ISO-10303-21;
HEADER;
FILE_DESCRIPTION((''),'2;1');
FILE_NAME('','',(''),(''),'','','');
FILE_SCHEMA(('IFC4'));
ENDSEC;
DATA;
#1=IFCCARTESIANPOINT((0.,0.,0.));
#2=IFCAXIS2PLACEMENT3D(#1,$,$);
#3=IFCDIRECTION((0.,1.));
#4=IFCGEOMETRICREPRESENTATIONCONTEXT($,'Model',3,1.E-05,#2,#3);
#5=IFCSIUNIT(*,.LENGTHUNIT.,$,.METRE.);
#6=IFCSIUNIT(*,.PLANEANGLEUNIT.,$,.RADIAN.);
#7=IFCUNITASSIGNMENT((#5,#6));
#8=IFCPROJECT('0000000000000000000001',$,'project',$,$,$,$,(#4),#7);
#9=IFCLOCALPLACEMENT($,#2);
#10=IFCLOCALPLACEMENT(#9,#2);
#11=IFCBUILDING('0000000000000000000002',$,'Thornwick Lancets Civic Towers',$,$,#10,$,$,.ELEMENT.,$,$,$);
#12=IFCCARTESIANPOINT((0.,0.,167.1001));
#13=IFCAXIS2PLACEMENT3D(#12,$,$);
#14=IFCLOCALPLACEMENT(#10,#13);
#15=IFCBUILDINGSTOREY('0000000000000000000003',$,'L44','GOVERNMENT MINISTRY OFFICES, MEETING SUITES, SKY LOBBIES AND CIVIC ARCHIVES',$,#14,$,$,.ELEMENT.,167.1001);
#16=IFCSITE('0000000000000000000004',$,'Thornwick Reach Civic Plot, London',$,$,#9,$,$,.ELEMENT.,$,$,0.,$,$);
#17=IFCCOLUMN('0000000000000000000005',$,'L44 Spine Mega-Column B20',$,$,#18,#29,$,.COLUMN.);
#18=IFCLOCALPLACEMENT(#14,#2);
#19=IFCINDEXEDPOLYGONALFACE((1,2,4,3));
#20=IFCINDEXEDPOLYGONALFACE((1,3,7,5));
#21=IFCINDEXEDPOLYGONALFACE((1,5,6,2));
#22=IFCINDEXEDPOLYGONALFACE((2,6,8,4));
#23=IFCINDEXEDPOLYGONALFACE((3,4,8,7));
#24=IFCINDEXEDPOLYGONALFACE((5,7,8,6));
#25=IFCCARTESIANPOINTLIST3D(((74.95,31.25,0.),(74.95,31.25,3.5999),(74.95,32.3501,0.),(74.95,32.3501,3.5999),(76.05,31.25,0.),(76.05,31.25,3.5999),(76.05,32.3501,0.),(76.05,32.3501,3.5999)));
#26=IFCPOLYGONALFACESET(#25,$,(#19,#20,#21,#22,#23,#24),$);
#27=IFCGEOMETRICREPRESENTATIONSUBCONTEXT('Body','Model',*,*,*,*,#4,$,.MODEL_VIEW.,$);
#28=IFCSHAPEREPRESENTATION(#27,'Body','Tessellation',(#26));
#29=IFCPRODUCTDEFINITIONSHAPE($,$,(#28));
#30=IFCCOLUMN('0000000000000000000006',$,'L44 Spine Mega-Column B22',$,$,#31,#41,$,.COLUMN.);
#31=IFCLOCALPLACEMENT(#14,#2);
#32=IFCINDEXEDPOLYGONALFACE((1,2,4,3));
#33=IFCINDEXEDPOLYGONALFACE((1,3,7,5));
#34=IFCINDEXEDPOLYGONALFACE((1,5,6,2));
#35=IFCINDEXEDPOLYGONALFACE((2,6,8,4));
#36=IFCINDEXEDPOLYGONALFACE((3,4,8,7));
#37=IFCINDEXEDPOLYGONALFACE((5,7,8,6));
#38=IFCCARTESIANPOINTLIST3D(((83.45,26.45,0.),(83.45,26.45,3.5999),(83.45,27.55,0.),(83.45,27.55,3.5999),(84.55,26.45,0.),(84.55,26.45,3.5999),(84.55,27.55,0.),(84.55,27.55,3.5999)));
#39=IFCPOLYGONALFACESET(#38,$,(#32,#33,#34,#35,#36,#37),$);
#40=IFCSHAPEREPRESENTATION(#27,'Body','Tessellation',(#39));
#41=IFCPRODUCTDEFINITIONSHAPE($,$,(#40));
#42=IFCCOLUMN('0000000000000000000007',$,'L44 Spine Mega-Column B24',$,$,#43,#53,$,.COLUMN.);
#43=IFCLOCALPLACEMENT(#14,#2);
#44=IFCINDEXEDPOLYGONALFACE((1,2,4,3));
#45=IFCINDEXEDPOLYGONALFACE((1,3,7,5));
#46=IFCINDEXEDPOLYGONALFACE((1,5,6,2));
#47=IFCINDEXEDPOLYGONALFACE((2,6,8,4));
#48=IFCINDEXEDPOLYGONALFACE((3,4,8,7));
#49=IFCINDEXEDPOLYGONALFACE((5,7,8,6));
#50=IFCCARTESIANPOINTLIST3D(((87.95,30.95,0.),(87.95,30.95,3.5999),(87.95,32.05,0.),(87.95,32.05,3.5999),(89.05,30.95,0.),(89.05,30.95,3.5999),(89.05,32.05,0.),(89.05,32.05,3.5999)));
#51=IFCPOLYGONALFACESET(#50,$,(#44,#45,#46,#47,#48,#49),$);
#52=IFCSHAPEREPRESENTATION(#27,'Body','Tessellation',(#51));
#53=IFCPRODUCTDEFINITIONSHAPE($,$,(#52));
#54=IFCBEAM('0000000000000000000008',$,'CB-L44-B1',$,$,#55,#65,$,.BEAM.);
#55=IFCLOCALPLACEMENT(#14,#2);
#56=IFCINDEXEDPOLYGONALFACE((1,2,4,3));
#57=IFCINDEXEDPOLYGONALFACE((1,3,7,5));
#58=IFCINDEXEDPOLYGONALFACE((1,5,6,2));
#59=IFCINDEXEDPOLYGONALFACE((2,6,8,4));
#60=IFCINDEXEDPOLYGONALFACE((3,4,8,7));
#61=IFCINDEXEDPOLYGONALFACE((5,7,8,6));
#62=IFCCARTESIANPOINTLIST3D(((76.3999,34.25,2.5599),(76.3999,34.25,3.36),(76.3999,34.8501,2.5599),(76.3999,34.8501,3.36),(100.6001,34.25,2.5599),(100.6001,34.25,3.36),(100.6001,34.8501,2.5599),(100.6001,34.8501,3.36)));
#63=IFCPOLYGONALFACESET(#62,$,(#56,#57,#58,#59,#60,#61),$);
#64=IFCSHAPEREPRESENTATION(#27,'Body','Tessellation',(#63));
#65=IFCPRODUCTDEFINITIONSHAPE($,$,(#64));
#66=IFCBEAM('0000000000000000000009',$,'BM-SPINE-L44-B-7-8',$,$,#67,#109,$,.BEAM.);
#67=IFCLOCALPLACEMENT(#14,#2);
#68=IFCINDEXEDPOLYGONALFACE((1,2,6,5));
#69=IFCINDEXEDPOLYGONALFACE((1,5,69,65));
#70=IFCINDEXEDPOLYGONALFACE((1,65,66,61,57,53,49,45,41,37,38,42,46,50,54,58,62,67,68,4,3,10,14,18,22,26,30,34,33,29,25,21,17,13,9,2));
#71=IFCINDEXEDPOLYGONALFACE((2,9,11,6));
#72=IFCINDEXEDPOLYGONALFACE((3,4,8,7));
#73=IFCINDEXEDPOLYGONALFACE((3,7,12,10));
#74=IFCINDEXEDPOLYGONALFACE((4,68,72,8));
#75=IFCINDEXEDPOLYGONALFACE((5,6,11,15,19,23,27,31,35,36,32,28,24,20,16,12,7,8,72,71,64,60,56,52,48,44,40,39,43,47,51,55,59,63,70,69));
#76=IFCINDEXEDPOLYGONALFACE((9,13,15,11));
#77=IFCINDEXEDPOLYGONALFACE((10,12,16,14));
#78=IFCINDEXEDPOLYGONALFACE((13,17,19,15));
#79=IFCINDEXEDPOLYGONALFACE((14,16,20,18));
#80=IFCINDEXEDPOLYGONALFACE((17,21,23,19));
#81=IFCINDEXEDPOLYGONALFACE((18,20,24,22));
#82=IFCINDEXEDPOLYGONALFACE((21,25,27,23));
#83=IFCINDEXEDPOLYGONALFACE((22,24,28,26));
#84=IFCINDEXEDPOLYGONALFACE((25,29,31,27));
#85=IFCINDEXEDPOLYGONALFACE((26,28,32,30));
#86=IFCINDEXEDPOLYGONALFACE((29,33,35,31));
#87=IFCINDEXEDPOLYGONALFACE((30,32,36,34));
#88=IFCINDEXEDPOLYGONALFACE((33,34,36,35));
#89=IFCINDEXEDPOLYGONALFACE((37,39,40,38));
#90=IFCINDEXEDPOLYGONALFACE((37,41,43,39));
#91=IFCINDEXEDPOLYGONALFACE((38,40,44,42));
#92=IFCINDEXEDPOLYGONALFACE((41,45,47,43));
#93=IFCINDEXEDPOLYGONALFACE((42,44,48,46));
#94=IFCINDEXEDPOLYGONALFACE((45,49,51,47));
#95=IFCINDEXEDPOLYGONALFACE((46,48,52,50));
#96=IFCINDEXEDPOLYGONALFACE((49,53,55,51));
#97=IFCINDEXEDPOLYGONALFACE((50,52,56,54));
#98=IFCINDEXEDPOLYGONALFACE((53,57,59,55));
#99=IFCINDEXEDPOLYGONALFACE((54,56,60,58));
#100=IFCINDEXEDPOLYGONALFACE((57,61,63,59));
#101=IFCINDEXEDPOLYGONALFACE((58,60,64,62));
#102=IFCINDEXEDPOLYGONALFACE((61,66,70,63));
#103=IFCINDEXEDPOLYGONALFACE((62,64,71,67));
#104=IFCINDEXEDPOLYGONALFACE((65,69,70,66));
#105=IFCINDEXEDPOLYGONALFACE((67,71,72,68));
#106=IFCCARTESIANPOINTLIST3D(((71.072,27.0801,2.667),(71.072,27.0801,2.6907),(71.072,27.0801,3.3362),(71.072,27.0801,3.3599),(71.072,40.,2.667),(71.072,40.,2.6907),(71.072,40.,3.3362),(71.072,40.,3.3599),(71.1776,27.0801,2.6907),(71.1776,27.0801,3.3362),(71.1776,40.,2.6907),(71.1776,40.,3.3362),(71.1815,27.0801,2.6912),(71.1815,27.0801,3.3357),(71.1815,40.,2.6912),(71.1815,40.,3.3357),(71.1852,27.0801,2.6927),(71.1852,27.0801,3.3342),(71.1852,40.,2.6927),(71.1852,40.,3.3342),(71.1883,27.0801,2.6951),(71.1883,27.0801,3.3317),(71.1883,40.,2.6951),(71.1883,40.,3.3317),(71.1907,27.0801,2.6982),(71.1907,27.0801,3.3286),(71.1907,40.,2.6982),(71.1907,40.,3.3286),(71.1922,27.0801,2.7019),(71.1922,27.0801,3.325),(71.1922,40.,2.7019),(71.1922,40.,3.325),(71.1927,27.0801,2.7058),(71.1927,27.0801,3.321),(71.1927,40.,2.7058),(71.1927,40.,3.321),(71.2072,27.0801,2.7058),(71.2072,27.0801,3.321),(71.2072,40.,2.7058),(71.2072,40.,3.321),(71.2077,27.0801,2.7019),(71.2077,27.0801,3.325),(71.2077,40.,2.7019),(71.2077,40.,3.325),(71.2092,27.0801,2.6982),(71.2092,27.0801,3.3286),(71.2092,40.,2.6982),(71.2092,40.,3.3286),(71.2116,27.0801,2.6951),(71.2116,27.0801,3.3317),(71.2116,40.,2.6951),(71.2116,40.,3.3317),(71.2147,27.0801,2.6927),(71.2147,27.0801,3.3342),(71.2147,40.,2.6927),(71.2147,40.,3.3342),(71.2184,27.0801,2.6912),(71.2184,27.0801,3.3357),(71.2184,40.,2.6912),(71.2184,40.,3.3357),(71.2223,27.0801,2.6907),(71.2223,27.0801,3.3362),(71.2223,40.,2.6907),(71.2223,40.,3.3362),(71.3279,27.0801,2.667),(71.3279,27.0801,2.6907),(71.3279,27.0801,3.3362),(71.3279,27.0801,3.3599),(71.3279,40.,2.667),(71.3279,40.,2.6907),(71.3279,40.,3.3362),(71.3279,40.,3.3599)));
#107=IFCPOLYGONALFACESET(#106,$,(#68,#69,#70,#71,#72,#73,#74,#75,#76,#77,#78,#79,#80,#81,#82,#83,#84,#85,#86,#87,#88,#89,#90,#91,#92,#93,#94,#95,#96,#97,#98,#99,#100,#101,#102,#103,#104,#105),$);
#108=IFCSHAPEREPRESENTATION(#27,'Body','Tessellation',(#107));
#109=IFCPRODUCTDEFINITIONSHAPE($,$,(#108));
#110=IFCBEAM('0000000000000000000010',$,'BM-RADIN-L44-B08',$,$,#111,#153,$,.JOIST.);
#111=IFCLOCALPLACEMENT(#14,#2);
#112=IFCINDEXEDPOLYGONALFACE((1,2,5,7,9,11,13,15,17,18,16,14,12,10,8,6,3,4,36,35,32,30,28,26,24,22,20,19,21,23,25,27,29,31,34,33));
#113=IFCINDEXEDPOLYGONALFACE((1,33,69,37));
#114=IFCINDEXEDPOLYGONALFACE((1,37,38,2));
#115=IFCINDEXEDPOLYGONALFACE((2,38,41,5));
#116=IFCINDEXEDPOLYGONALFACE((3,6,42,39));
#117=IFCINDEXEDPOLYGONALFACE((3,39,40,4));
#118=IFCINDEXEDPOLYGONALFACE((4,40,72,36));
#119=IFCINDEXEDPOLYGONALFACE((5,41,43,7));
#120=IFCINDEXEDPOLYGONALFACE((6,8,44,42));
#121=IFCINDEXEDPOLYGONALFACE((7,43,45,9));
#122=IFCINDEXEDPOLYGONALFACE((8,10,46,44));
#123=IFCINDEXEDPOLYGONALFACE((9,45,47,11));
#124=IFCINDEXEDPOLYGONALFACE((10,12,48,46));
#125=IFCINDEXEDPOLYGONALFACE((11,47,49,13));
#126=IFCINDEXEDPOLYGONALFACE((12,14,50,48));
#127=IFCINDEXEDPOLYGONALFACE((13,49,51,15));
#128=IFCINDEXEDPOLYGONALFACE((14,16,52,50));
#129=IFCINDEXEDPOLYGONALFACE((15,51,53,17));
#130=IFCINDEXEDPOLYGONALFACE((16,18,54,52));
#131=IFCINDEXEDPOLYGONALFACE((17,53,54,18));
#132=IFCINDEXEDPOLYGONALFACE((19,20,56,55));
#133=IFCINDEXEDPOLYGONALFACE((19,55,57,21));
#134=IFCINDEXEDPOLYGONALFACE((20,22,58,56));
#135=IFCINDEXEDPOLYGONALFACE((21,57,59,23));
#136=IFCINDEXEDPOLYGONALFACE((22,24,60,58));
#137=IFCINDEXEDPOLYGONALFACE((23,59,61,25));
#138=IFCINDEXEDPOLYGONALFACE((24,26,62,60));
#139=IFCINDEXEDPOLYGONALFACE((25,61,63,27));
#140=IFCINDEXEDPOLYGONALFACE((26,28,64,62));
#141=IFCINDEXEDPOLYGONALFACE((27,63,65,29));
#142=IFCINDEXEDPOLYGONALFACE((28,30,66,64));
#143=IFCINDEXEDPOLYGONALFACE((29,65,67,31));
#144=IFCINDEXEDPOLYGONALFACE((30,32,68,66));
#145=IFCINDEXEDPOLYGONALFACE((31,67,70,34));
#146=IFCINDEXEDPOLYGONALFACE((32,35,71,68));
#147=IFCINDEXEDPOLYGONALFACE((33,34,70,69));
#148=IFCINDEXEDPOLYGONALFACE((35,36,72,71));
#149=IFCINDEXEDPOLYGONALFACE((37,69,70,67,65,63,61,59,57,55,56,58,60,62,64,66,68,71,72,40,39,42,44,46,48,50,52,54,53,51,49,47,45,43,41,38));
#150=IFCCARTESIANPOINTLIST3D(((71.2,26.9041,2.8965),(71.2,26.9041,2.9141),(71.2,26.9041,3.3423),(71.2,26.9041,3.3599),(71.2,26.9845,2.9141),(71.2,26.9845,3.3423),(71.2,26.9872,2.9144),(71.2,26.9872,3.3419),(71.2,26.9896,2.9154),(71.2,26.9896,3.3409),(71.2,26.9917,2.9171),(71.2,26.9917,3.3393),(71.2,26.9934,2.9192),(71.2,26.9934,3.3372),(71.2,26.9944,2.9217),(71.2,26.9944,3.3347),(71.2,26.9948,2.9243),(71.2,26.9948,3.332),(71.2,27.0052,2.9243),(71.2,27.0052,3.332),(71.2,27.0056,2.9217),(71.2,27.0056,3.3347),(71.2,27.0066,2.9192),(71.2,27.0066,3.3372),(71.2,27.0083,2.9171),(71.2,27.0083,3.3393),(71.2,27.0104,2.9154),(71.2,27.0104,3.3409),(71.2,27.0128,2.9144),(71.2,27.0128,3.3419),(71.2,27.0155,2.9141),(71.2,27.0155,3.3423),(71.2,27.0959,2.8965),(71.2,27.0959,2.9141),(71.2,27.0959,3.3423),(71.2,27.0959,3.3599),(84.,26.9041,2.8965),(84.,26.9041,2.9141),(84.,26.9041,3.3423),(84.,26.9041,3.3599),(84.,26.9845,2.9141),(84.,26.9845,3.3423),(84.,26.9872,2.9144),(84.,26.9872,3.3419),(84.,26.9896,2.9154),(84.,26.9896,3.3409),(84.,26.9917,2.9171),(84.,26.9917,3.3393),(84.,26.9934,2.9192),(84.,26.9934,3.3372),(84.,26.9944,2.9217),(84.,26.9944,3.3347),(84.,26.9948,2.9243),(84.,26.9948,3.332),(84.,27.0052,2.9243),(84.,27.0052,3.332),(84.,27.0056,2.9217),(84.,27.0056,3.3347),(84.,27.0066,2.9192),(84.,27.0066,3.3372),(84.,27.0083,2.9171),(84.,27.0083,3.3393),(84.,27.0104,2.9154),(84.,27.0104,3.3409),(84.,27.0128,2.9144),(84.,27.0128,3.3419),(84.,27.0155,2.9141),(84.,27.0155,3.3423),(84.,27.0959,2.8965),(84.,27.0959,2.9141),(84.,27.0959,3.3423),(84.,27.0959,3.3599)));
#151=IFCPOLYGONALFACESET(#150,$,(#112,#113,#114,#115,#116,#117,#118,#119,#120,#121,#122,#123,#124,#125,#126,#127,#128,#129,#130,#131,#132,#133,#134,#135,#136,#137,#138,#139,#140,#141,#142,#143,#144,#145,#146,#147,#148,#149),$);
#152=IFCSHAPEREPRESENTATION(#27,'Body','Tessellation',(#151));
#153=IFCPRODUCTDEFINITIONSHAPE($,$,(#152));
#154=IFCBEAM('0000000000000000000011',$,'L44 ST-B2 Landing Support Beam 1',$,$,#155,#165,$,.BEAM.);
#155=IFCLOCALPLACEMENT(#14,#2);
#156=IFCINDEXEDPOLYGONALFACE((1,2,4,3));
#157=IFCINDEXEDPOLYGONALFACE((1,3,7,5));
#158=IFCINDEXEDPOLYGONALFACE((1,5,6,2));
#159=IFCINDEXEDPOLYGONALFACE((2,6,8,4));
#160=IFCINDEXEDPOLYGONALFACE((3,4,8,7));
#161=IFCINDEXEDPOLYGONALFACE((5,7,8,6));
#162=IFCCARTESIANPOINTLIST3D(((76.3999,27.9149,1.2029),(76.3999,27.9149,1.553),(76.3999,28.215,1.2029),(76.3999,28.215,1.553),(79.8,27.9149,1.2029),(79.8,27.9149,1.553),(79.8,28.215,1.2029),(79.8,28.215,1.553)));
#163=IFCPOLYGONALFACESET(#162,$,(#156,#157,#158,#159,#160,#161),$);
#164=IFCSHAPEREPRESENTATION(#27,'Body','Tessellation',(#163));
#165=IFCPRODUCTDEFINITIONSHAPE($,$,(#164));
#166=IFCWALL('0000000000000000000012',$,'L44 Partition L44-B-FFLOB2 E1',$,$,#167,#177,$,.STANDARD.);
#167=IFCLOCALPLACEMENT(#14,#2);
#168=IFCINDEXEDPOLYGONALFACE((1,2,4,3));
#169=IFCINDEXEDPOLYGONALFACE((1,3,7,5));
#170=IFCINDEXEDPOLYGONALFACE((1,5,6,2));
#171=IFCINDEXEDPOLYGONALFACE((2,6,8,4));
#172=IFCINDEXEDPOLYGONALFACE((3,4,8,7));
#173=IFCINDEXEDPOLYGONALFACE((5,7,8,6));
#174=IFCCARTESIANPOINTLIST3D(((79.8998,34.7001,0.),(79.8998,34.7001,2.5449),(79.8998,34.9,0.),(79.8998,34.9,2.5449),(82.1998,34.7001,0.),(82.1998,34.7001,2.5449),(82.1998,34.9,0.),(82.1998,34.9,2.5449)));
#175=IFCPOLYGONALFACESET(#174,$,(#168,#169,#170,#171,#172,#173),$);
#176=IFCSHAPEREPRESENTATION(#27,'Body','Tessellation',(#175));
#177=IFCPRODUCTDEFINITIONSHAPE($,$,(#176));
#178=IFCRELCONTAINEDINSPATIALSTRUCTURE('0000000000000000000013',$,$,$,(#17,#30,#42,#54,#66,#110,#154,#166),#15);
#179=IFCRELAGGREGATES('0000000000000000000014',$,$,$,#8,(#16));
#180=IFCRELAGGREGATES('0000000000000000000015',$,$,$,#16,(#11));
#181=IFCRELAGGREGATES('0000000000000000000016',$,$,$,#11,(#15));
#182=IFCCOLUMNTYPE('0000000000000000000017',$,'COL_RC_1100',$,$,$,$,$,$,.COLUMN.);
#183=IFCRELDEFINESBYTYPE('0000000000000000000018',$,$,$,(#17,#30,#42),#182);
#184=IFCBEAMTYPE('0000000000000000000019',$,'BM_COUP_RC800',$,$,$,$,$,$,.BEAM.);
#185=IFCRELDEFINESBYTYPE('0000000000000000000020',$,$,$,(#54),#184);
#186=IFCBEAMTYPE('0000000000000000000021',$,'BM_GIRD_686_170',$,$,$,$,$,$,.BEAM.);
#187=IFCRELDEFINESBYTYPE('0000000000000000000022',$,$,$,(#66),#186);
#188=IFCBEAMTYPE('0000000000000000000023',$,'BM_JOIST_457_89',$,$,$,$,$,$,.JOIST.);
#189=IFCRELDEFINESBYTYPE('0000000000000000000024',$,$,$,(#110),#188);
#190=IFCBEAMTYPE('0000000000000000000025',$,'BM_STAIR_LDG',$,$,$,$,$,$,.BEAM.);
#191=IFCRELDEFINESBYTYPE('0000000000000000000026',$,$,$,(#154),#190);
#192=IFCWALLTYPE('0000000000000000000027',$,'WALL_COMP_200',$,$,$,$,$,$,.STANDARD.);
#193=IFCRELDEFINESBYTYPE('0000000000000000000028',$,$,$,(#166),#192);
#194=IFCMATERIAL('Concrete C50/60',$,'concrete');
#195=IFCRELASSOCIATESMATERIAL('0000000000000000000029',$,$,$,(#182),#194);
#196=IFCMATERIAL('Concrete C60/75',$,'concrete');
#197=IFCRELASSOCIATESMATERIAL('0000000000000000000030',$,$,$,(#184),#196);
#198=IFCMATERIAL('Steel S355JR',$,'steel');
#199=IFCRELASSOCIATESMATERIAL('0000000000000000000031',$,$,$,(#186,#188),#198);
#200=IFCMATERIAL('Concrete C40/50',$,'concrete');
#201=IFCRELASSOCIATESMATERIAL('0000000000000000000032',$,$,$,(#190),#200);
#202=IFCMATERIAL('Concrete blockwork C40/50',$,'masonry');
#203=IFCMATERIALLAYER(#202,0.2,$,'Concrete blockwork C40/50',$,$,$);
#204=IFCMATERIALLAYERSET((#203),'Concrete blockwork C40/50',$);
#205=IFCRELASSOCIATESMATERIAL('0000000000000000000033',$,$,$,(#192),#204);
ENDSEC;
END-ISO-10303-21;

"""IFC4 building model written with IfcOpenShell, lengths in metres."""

from ifc_helpers import new_model, si_unit, direction, frame, frame_2d, origin, origin_2d, place, context, subcontext, project, spatial, rectangle, i_section, extrude, material, layer, layer_set, material_profile, profile_set, type_object, element, save


model = new_model("IFC4")

# Units and contexts
model_context = context("Model", 3, precision=1e-05, world=origin(), true_north=direction((0.0, 1.0)))
body_context = subcontext(model_context, "Body", "Model", "MODEL_VIEW")
ifc_project = project(units=[si_unit("LENGTHUNIT", "METRE"), si_unit("PLANEANGLEUNIT", "RADIAN")], contexts=[model_context])

# Site, building, storey
site_placement = place(None, origin())
site = spatial("IfcSite", under=ifc_project, at=site_placement, Name="Thornwick Reach Civic Plot, London", CompositionType="ELEMENT", RefElevation=0.0)
building_placement = place(site_placement, origin())
building = spatial("IfcBuilding", under=site, at=building_placement, Name="Thornwick Lancets Civic Towers", CompositionType="ELEMENT")
storey_placement = place(building_placement, frame((0.0, 0.0, 167.1001)))
storey = spatial("IfcBuildingStorey", under=building, at=storey_placement, Name="L44", Description="GOVERNMENT MINISTRY OFFICES, MEETING SUITES, SKY LOBBIES AND CIVIC ARCHIVES", CompositionType="ELEMENT", Elevation=167.1001)

# Columns
ifc_material_1 = material(Name="Concrete C50/60", Category="concrete")
ifc_material_profile_1 = material_profile(ifc_material_1, rectangle(XDim=1.1001, YDim=1.1001, at=origin_2d()), Name="RC 1100x1100")
ifc_profile_set_1 = profile_set([ifc_material_profile_1], Name="Concrete C50/60")
column_type = type_object("IfcColumnType", Name="COL_RC_1100", PredefinedType="COLUMN", material=ifc_profile_set_1)
for number, where, z_axis, x_axis, name in (
    (1, (75.5, 31.8, 0.0), (0.0, 0.0, 1.0), (1.0, 0.0, 0.0), "L44 Spine Mega-Column B20"),
    (2, (84.0, 27.0, 0.0), (0.0, 0.0, 1.0), (1.0, 0.0, 0.0), "L44 Spine Mega-Column B22"),
    (3, (88.5, 31.5, 0.0), (0.0, 0.0, 1.0), (1.0, 0.0, 0.0), "L44 Spine Mega-Column B24"),
):
    element("IfcColumn", number, at=place(storey_placement, frame(where, z_axis=z_axis, x_axis=x_axis)), inside=storey, type_object=column_type, Name=name, PredefinedType="COLUMN", context=body_context, shape_type="SweptSolid", body=[
        extrude(rectangle(XDim=1.1001, YDim=1.1001, at=origin_2d()), origin(), (0.0, 0.0, 1.0), 3.5999),
    ])

# Beams
ifc_material_2 = material(Name="Concrete C60/75", Category="concrete")
ifc_material_profile_2 = material_profile(ifc_material_2, rectangle(XDim=0.6001, YDim=0.8, at=origin_2d()), Name="RC 600x800")
ifc_profile_set_2 = profile_set([ifc_material_profile_2], Name="Concrete C60/75")
beam_type_1 = type_object("IfcBeamType", Name="BM_COUP_RC800", PredefinedType="BEAM", material=ifc_profile_set_2)
beam_1_placement = place(storey_placement, frame((76.3999, 34.55, 2.96), z_axis=(1.0, 0.0, 0.0), x_axis=(0.0, 1.0, 0.0)))
element("IfcBeam", 4, at=beam_1_placement, inside=storey, type_object=beam_type_1, Name="CB-L44-B1", PredefinedType="BEAM", context=body_context, shape_type="SweptSolid", body=[
    extrude(rectangle(XDim=0.6001, YDim=0.8, at=origin_2d()), origin(), (0.0, 0.0, 1.0), 24.2002),
])
ifc_material_3 = material(Name="Steel S355JR", Category="steel")
ifc_material_profile_3 = material_profile(ifc_material_3, i_section(OverallWidth=0.2559, OverallDepth=0.6929, WebThickness=0.0144, FlangeThickness=0.0237, FilletRadius=0.0151, at=origin_2d()), Name="UKB 686x254x170")
ifc_profile_set_3 = profile_set([ifc_material_profile_3], Name="Steel S355JR")
beam_type_2 = type_object("IfcBeamType", Name="BM_GIRD_686_170", PredefinedType="BEAM", material=ifc_profile_set_3)
beam_2_placement = place(storey_placement, frame((71.2, 27.0801, 3.0134), z_axis=(0.0, 1.0, 0.0), x_axis=(-1.0, 0.0, 0.0)))
element("IfcBeam", 5, at=beam_2_placement, inside=storey, type_object=beam_type_2, Name="BM-SPINE-L44-B-7-8", PredefinedType="BEAM", context=body_context, shape_type="SweptSolid", body=[
    extrude(i_section(OverallWidth=0.2559, OverallDepth=0.6929, WebThickness=0.0144, FlangeThickness=0.0237, FilletRadius=0.0151, at=origin_2d()), origin(), (0.0, 0.0, 1.0), 12.9199),
])
ifc_material_profile_4 = material_profile(ifc_material_3, i_section(OverallWidth=0.1919, OverallDepth=0.4634, WebThickness=0.0105, FlangeThickness=0.0176, FilletRadius=0.0103, at=origin_2d()), Name="UKB 457x191x89")
ifc_profile_set_4 = profile_set([ifc_material_profile_4], Name="Steel S355JR")
beam_type_3 = type_object("IfcBeamType", Name="BM_JOIST_457_89", PredefinedType="JOIST", material=ifc_profile_set_4)
beam_3_placement = place(storey_placement, frame((84.0, 27.0, 3.1282), z_axis=(-1.0, 0.0, 0.0), x_axis=(0.0, -1.0, 0.0)))
element("IfcBeam", 6, at=beam_3_placement, inside=storey, type_object=beam_type_3, Name="BM-RADIN-L44-B08", PredefinedType="JOIST", context=body_context, shape_type="SweptSolid", body=[
    extrude(i_section(OverallWidth=0.1919, OverallDepth=0.4634, WebThickness=0.0105, FlangeThickness=0.0176, FilletRadius=0.0103, at=origin_2d()), origin(), (0.0, 0.0, 1.0), 12.8),
])
ifc_material_4 = material(Name="Concrete C40/50", Category="concrete")
ifc_material_profile_5 = material_profile(ifc_material_4, rectangle(XDim=0.3, YDim=0.3501, at=origin_2d()), Name="RC 300x350")
ifc_profile_set_5 = profile_set([ifc_material_profile_5], Name="Concrete C40/50")
beam_type_4 = type_object("IfcBeamType", Name="BM_STAIR_LDG", PredefinedType="BEAM", material=ifc_profile_set_5)
beam_4_placement = place(storey_placement, frame((76.3999, 28.0649, 1.3779), z_axis=(1.0, 0.0, 0.0), x_axis=(0.0, 1.0, 0.0)))
element("IfcBeam", 7, at=beam_4_placement, inside=storey, type_object=beam_type_4, Name="L44 ST-B2 Landing Support Beam 1", PredefinedType="BEAM", context=body_context, shape_type="SweptSolid", body=[
    extrude(rectangle(XDim=0.3, YDim=0.3501, at=origin_2d()), origin(), (0.0, 0.0, 1.0), 3.4001),
])

# Wall
ifc_material_5 = material(Name="Concrete blockwork C40/50", Category="masonry")
ifc_layer_1 = layer(ifc_material_5, 0.2, Name="Concrete blockwork C40/50")
ifc_layer_set_1 = layer_set([ifc_layer_1], Name="Concrete blockwork C40/50")
wall_type_1 = type_object("IfcWallType", Name="WALL_COMP_200", PredefinedType="STANDARD", material=ifc_layer_set_1)
wall_1_placement = place(storey_placement, frame((79.8999, 34.8, 0.0), z_axis=(0.0, 0.0, 1.0), x_axis=(1.0, 0.0, 0.0)))
element("IfcWall", 8, at=wall_1_placement, inside=storey, type_object=wall_type_1, Name="L44 Partition L44-B-FFLOB2 E1", PredefinedType="STANDARD", context=body_context, shape_type="SweptSolid", body=[
    extrude(rectangle(XDim=2.3, YDim=0.2, at=frame_2d((1.1499, 0.0))), origin(), (0.0, 0.0, 1.0), 2.5449),
])

save(model, "model.ifc")
